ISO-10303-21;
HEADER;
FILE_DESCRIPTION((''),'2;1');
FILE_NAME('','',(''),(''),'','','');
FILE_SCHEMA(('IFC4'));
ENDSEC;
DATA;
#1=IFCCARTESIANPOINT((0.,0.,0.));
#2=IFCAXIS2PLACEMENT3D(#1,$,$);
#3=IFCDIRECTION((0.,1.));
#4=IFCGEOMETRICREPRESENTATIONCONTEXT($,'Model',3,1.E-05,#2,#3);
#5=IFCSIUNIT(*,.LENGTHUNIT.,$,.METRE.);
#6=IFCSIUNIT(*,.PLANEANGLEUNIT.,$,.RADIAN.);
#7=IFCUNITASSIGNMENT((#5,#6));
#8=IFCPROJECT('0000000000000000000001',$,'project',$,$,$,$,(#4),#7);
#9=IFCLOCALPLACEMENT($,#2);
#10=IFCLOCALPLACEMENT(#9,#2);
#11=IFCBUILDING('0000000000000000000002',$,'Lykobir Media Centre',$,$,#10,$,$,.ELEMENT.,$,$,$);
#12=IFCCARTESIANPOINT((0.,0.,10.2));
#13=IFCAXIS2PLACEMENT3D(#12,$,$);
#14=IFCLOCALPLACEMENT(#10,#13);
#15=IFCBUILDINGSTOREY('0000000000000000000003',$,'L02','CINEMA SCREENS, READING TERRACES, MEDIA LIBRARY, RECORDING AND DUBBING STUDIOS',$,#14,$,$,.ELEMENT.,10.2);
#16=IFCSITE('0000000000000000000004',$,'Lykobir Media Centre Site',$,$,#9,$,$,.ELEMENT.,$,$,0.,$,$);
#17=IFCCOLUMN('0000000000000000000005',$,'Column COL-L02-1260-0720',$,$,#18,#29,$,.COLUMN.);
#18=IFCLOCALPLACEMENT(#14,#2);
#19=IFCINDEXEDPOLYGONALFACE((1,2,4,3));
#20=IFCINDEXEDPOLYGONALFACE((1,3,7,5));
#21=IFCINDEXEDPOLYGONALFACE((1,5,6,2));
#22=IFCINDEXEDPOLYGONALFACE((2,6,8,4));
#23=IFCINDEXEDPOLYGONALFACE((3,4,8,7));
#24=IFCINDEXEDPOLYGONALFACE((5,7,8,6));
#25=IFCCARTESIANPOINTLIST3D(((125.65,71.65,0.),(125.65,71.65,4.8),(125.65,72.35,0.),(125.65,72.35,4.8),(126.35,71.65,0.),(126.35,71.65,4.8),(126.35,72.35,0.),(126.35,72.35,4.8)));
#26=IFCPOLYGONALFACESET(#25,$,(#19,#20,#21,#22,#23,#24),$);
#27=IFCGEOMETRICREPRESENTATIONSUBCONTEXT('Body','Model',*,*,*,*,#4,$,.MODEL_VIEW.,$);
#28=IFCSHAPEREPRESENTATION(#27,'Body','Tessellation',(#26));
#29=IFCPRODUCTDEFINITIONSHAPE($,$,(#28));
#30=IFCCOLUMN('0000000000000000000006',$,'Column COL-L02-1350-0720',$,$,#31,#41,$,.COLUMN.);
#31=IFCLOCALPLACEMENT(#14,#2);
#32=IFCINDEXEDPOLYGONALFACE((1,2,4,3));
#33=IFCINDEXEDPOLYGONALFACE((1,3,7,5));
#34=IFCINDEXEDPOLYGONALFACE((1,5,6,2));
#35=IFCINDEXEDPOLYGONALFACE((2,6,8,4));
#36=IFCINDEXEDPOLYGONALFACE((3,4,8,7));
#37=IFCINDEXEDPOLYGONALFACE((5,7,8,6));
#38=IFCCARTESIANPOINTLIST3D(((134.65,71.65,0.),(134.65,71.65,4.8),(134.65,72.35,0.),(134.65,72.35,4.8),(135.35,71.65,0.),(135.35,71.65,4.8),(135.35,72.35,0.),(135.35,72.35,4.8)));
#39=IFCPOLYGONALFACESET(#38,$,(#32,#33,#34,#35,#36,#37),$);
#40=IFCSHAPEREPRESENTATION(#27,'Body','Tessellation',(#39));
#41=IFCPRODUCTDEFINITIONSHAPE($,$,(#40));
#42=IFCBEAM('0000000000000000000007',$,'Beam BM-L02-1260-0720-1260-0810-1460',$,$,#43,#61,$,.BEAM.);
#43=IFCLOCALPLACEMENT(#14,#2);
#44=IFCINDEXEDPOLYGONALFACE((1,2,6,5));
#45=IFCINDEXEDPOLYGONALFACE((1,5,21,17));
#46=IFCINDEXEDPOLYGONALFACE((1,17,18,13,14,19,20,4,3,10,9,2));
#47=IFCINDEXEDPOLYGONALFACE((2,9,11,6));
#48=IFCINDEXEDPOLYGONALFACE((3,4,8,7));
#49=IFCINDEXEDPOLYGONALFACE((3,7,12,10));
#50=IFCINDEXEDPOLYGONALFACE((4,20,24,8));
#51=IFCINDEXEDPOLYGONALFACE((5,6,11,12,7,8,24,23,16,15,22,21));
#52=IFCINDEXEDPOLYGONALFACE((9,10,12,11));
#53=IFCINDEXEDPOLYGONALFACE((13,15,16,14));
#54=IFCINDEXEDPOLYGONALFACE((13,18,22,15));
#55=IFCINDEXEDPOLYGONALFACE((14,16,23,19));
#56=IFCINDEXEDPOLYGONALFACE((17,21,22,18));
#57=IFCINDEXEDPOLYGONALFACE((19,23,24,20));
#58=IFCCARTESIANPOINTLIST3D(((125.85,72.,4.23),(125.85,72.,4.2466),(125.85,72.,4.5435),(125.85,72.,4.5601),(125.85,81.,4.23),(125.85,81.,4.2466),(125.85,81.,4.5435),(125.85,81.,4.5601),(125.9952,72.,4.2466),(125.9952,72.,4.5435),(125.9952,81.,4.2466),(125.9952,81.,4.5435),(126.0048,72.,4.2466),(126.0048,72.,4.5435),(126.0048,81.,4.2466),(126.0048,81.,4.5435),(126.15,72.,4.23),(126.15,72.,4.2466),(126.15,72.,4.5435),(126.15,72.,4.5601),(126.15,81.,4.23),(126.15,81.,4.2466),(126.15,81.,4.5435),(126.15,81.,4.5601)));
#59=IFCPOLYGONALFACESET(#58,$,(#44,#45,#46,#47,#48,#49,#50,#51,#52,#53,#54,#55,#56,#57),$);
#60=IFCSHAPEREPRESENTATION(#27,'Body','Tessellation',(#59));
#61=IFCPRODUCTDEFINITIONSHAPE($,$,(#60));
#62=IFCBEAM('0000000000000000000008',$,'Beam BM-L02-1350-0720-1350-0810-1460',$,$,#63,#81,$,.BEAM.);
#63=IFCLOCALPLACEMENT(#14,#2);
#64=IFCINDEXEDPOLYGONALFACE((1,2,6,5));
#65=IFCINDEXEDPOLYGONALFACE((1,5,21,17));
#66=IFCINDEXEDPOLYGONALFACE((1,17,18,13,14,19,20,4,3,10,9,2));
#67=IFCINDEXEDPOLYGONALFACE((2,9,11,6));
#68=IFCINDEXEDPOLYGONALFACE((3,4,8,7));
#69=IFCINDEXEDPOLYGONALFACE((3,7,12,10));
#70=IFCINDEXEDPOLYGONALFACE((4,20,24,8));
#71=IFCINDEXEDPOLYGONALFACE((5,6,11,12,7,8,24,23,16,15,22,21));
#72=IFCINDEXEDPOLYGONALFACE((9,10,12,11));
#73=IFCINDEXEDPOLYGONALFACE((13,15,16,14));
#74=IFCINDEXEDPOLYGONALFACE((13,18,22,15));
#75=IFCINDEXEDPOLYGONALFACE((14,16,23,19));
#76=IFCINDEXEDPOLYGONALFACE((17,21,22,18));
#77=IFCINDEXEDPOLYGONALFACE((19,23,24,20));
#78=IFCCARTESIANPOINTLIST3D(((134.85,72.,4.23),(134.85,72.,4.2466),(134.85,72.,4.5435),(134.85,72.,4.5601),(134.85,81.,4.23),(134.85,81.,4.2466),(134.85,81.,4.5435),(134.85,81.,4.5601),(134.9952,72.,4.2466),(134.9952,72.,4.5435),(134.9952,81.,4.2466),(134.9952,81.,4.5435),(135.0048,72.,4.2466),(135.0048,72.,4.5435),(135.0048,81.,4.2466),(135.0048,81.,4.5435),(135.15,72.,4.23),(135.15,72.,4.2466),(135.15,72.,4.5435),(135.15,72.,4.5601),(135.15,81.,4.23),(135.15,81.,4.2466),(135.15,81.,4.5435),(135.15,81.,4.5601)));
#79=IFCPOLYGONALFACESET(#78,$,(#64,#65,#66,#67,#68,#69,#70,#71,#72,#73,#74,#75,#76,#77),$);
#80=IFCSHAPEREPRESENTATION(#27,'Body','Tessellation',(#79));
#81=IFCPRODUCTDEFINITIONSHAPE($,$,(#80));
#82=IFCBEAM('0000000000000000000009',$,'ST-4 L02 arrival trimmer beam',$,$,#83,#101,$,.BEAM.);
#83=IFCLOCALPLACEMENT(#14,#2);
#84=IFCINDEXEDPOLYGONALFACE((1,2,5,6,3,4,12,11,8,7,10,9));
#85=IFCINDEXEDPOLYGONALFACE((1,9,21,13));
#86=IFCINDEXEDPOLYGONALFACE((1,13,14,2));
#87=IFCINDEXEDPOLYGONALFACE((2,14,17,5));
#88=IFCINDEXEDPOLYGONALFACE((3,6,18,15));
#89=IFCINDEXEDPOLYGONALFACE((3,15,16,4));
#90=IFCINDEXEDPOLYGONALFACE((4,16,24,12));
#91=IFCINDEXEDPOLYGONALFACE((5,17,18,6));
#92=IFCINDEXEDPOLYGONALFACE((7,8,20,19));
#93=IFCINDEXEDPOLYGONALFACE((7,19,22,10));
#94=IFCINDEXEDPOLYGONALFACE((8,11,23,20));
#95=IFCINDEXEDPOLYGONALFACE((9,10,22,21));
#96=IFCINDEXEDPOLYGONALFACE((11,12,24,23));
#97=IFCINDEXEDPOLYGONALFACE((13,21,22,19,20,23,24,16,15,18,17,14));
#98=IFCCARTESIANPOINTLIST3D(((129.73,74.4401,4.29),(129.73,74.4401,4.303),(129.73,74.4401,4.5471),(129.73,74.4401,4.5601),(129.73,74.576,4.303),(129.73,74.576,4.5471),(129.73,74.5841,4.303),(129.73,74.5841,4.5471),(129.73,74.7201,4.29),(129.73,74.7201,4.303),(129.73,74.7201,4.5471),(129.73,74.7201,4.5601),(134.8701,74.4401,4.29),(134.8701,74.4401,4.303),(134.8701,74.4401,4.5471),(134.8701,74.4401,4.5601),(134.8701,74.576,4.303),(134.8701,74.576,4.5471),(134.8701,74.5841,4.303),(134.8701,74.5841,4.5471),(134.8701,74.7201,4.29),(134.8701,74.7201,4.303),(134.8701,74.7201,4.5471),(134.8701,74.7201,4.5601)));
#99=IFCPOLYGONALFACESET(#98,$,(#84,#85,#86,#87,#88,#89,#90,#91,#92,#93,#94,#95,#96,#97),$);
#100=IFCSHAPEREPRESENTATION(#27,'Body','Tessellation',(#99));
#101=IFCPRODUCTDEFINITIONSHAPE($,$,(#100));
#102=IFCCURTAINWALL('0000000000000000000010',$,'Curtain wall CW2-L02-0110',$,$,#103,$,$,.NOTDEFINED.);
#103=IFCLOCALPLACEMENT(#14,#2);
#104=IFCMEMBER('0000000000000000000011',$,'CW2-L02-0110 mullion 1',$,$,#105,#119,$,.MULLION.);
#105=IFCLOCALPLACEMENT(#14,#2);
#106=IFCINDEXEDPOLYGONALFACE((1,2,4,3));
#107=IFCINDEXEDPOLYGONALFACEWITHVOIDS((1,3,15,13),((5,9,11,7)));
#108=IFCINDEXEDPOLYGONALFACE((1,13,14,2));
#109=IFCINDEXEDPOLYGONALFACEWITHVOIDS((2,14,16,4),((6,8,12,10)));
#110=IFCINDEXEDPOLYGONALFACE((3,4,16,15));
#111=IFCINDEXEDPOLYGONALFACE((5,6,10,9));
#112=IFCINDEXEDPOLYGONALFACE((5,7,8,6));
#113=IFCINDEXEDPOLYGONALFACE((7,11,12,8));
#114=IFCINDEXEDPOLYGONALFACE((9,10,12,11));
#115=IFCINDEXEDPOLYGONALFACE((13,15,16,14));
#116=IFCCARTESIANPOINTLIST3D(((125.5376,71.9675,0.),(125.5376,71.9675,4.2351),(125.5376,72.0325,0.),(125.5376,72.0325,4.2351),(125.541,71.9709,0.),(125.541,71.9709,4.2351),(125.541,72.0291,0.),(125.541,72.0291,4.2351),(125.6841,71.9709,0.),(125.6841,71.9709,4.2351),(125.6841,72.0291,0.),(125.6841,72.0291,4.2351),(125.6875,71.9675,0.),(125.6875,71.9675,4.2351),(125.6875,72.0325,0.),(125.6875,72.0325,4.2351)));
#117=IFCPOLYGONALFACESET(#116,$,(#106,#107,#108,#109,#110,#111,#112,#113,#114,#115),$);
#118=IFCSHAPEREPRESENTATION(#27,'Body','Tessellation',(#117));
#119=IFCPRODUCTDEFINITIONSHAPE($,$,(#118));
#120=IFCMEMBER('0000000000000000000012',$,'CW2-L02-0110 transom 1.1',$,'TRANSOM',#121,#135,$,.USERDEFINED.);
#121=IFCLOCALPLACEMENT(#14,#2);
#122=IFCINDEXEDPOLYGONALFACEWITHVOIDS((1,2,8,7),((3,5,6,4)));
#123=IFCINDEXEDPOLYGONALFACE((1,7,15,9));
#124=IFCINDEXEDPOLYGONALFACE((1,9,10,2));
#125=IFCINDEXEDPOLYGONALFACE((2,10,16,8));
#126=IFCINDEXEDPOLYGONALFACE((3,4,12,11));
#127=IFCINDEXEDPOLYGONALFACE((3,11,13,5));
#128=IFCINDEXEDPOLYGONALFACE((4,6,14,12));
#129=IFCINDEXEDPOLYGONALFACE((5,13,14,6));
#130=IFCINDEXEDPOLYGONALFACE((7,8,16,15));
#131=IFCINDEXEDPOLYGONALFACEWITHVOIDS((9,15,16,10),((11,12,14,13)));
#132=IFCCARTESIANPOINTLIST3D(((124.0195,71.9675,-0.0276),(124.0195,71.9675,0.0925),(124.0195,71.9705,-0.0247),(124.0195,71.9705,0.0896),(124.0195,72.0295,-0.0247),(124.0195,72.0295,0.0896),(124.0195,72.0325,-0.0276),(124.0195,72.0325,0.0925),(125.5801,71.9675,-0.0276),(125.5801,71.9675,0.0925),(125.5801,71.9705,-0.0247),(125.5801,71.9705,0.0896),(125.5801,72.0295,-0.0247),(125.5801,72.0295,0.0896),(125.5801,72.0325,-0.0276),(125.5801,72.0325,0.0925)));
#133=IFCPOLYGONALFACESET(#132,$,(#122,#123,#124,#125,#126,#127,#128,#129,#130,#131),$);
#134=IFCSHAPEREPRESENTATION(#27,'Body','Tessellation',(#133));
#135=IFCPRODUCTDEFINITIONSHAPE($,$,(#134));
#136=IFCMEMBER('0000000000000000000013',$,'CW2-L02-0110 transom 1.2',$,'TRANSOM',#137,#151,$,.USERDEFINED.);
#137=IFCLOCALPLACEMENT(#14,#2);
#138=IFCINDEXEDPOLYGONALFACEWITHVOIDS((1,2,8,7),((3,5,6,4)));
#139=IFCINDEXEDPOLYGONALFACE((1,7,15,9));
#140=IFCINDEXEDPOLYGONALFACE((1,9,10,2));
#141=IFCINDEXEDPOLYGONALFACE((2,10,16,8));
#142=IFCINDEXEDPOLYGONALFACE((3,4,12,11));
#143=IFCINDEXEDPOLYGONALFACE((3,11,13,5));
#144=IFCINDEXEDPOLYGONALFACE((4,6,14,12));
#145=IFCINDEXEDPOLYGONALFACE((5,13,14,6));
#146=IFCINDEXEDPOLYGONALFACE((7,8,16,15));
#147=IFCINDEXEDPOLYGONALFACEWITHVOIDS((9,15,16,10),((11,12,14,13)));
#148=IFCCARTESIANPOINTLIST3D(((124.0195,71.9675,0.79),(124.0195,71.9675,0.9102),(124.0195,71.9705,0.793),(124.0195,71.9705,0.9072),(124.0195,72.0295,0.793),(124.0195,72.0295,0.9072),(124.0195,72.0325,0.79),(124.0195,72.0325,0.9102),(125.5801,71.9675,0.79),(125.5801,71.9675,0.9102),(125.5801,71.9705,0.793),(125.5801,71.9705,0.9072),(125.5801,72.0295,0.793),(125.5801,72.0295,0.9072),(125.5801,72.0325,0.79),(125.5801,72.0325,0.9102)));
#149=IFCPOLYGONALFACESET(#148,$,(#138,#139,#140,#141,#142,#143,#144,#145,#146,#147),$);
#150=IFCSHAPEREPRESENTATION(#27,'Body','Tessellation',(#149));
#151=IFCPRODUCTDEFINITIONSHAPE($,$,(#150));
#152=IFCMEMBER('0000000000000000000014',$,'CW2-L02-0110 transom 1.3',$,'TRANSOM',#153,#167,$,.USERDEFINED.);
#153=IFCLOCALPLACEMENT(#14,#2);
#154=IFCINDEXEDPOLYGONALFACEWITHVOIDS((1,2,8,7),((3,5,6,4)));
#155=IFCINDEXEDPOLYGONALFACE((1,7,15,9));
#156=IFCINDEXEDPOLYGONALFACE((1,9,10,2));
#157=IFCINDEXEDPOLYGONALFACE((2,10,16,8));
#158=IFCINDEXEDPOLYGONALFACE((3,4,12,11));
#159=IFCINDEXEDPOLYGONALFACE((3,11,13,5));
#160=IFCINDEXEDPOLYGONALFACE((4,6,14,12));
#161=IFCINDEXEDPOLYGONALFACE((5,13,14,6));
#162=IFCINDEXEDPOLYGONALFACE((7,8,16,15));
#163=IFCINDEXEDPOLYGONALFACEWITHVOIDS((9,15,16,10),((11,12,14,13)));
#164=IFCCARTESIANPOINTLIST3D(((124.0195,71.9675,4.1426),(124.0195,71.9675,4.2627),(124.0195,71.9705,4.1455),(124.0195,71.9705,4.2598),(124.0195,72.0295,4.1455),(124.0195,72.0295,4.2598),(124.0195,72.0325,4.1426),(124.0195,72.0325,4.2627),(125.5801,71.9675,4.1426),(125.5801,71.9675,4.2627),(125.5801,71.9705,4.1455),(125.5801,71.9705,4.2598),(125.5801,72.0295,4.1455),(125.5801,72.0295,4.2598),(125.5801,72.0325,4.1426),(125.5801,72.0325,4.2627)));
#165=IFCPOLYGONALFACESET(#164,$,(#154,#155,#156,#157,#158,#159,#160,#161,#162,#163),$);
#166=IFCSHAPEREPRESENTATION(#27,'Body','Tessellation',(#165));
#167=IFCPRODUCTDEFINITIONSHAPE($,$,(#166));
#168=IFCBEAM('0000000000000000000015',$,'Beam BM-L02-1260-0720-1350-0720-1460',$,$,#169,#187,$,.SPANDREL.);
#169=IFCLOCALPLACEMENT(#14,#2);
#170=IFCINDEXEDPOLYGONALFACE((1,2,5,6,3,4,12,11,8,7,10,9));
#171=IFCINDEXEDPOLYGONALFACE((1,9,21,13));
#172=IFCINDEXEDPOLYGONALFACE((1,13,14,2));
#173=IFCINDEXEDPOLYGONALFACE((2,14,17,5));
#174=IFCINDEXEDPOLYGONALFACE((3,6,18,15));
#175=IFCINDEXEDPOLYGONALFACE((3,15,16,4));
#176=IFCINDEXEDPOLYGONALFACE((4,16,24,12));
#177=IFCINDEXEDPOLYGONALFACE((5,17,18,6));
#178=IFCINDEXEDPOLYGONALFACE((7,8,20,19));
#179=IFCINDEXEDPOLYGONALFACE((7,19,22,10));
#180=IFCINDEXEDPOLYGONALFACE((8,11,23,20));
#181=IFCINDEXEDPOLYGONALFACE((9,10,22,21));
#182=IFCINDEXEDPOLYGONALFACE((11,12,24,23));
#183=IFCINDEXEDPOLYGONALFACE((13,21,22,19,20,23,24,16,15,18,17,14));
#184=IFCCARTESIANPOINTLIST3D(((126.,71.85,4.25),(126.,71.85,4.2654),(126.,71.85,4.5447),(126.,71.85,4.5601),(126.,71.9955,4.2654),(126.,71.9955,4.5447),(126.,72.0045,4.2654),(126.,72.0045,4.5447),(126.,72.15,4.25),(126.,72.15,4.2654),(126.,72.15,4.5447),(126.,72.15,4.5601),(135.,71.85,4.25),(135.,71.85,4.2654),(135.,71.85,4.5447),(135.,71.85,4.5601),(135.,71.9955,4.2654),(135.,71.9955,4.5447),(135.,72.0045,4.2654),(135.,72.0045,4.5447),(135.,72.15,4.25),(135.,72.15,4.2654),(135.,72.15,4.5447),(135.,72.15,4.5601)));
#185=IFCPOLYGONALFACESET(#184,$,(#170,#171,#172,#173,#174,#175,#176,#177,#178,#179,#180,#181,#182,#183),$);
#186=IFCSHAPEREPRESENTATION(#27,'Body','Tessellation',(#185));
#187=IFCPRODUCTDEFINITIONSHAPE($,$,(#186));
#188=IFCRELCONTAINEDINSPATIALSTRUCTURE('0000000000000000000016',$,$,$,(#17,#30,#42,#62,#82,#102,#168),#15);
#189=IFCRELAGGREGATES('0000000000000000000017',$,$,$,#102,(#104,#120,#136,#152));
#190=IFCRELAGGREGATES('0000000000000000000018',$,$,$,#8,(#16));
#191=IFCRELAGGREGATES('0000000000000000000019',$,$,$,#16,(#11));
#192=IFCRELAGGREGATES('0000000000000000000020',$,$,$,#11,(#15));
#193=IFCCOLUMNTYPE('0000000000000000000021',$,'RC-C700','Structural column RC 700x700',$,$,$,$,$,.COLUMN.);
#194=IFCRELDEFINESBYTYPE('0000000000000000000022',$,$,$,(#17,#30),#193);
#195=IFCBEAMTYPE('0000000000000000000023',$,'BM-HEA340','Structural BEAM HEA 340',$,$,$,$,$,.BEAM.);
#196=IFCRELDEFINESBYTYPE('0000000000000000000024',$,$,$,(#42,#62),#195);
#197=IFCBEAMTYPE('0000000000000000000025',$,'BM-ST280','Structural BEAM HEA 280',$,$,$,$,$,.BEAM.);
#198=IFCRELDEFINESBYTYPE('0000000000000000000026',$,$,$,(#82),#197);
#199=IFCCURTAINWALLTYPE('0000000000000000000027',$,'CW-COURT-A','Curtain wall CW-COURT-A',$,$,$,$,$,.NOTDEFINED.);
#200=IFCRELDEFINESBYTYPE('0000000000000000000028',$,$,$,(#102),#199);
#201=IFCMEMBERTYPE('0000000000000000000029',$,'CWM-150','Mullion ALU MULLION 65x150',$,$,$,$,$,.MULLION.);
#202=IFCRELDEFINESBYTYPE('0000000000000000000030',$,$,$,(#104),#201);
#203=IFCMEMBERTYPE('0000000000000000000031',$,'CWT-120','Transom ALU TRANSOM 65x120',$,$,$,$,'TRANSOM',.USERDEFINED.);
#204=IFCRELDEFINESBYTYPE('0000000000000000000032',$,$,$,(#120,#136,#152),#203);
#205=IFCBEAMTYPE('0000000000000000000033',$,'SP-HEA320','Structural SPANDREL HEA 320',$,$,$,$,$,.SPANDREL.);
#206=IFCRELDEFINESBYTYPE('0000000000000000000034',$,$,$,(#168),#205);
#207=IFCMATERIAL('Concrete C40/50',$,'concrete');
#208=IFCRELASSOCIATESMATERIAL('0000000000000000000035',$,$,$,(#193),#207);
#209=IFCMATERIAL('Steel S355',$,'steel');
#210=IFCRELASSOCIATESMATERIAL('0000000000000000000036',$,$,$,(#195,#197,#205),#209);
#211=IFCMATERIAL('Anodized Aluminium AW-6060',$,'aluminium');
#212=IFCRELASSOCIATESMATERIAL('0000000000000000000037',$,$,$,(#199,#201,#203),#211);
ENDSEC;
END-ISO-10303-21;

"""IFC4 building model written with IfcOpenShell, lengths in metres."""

from ifc_helpers import new_model, si_unit, direction, frame, origin, origin_2d, place, context, subcontext, project, spatial, rectangle, hollow_rectangle, i_section, extrude, material, material_profile, profile_set, type_object, element, aggregate, save


model = new_model("IFC4")

# Units and contexts
model_context = context("Model", 3, precision=1e-05, world=origin(), true_north=direction((0.0, 1.0)))
body_context = subcontext(model_context, "Body", "Model", "MODEL_VIEW")
ifc_project = project(units=[si_unit("LENGTHUNIT", "METRE"), si_unit("PLANEANGLEUNIT", "RADIAN")], contexts=[model_context])

# Site, building, storey
site_placement = place(None, origin())
site = spatial("IfcSite", under=ifc_project, at=site_placement, Name="Lykobir Media Centre Site", CompositionType="ELEMENT", RefElevation=0.0)
building_placement = place(site_placement, origin())
building = spatial("IfcBuilding", under=site, at=building_placement, Name="Lykobir Media Centre", CompositionType="ELEMENT")
storey_placement = place(building_placement, frame((0.0, 0.0, 10.2)))
storey = spatial("IfcBuildingStorey", under=building, at=storey_placement, Name="L02", Description="CINEMA SCREENS, READING TERRACES, MEDIA LIBRARY, RECORDING AND DUBBING STUDIOS", CompositionType="ELEMENT", Elevation=10.2)

# Columns
ifc_material_1 = material(Name="Concrete C40/50", Category="concrete")
ifc_material_profile_1 = material_profile(ifc_material_1, rectangle(XDim=0.7, YDim=0.7, at=origin_2d()), Name="RC 700x700")
ifc_profile_set_1 = profile_set([ifc_material_profile_1], Name="Concrete C40/50")
column_type = type_object("IfcColumnType", Name="RC-C700", Description="Structural column RC 700x700", PredefinedType="COLUMN", material=ifc_profile_set_1)
for number, where, z_axis, x_axis, name in (
    (1, (126.0, 72.0, 0.0), (0.0, 0.0, 1.0), (1.0, 0.0, 0.0), "Column COL-L02-1260-0720"),
    (2, (135.0, 72.0, 0.0), (0.0, 0.0, 1.0), (1.0, 0.0, 0.0), "Column COL-L02-1350-0720"),
):
    element("IfcColumn", number, at=place(storey_placement, frame(where, z_axis=z_axis, x_axis=x_axis)), inside=storey, type_object=column_type, Name=name, PredefinedType="COLUMN", context=body_context, shape_type="SweptSolid", body=[
        extrude(rectangle(XDim=0.7, YDim=0.7, at=origin_2d()), origin(), (0.0, 0.0, 1.0), 4.8),
    ])

# Beams
ifc_material_2 = material(Name="Steel S355", Category="steel")
ifc_material_profile_2 = material_profile(ifc_material_2, i_section(OverallWidth=0.3, OverallDepth=0.3301, WebThickness=0.0095, FlangeThickness=0.0166, at=origin_2d()), Name="HEA 340")
ifc_profile_set_2 = profile_set([ifc_material_profile_2], Name="Steel S355")
beam_type_1 = type_object("IfcBeamType", Name="BM-HEA340", Description="Structural BEAM HEA 340", PredefinedType="BEAM", material=ifc_profile_set_2)
for number, where, z_axis, x_axis, name in (
    (3, (126.0, 72.0, 4.395), (0.0, 1.0, 0.0), (-1.0, 0.0, 0.0), "Beam BM-L02-1260-0720-1260-0810-1460"),
    (4, (135.0, 72.0, 4.395), (0.0, 1.0, 0.0), (-1.0, 0.0, 0.0), "Beam BM-L02-1350-0720-1350-0810-1460"),
):
    element("IfcBeam", number, at=place(storey_placement, frame(where, z_axis=z_axis, x_axis=x_axis)), inside=storey, type_object=beam_type_1, Name=name, PredefinedType="BEAM", context=body_context, shape_type="SweptSolid", body=[
        extrude(i_section(OverallWidth=0.3, OverallDepth=0.3301, WebThickness=0.0095, FlangeThickness=0.0166, at=origin_2d()), origin(), (0.0, 0.0, 1.0), 9.0),
    ])
ifc_material_profile_3 = material_profile(ifc_material_2, i_section(OverallWidth=0.28, OverallDepth=0.27, WebThickness=0.0081, FlangeThickness=0.0129, at=origin_2d()), Name="HEA 280")
ifc_profile_set_3 = profile_set([ifc_material_profile_3], Name="Steel S355")
beam_type_2 = type_object("IfcBeamType", Name="BM-ST280", Description="Structural BEAM HEA 280", PredefinedType="BEAM", material=ifc_profile_set_3)
beam_1_placement = place(storey_placement, frame((129.73, 74.5801, 4.425), z_axis=(1.0, 0.0, 0.0), x_axis=(0.0, 1.0, 0.0)))
element("IfcBeam", 5, at=beam_1_placement, inside=storey, type_object=beam_type_2, Name="ST-4 L02 arrival trimmer beam", PredefinedType="BEAM", context=body_context, shape_type="SweptSolid", body=[
    extrude(i_section(OverallWidth=0.28, OverallDepth=0.27, WebThickness=0.0081, FlangeThickness=0.0129, at=origin_2d()), origin(), (0.0, 0.0, 1.0), 5.1401),
])

# Curtain wall, members
ifc_material_3 = material(Name="Anodized Aluminium AW-6060", Category="aluminium")
curtain_wall_type = type_object("IfcCurtainWallType", Name="CW-COURT-A", Description="Curtain wall CW-COURT-A", PredefinedType="NOTDEFINED", material=ifc_material_3)
curtain_wall_placement = place(storey_placement, origin())
curtain_wall = element("IfcCurtainWall", 6, at=curtain_wall_placement, inside=storey, type_object=curtain_wall_type, Name="Curtain wall CW2-L02-0110", PredefinedType="NOTDEFINED")
ifc_material_profile_4 = material_profile(ifc_material_3, hollow_rectangle(XDim=0.0649, YDim=0.1499, WallThickness=0.0034, at=origin_2d()), Name="ALU MULLION 65x150")
ifc_profile_set_4 = profile_set([ifc_material_profile_4], Name="Anodized Aluminium AW-6060")
member_type_1 = type_object("IfcMemberType", Name="CWM-150", Description="Mullion ALU MULLION 65x150", PredefinedType="MULLION", material=ifc_profile_set_4)
member_1_placement = place(storey_placement, frame((125.6125, 72.0, 0.0), z_axis=(0.0, 0.0, 1.0), x_axis=(0.0, -1.0, 0.0)))
member_1 = element("IfcMember", 7, at=member_1_placement, type_object=member_type_1, Name="CW2-L02-0110 mullion 1", PredefinedType="MULLION", context=body_context, shape_type="SweptSolid", body=[
    extrude(hollow_rectangle(XDim=0.0649, YDim=0.1499, WallThickness=0.0034, at=origin_2d()), origin(), (0.0, 0.0, 1.0), 4.2351),
])
ifc_material_profile_5 = material_profile(ifc_material_3, hollow_rectangle(XDim=0.0649, YDim=0.1201, WallThickness=0.0029, at=origin_2d()), Name="ALU TRANSOM 65x120")
ifc_profile_set_5 = profile_set([ifc_material_profile_5], Name="Anodized Aluminium AW-6060")
member_type_2 = type_object("IfcMemberType", Name="CWT-120", Description="Transom ALU TRANSOM 65x120", ElementType="TRANSOM", PredefinedType="USERDEFINED", material=ifc_profile_set_5)
member_2_placement = place(storey_placement, frame((125.5801, 72.0, 0.0325), z_axis=(-1.0, 0.0, 0.0), x_axis=(0.0, -1.0, 0.0)))
member_2 = element("IfcMember", 8, at=member_2_placement, type_object=member_type_2, Name="CW2-L02-0110 transom 1.1", ObjectType="TRANSOM", PredefinedType="USERDEFINED", context=body_context, shape_type="SweptSolid", body=[
    extrude(hollow_rectangle(XDim=0.0649, YDim=0.1201, WallThickness=0.0029, at=origin_2d()), origin(), (0.0, 0.0, 1.0), 1.5605),
])
member_3_placement = place(storey_placement, frame((125.5801, 72.0, 0.8501), z_axis=(-1.0, 0.0, 0.0), x_axis=(0.0, -1.0, 0.0)))
member_3 = element("IfcMember", 9, at=member_3_placement, type_object=member_type_2, Name="CW2-L02-0110 transom 1.2", ObjectType="TRANSOM", PredefinedType="USERDEFINED", context=body_context, shape_type="SweptSolid", body=[
    extrude(hollow_rectangle(XDim=0.0649, YDim=0.1201, WallThickness=0.0029, at=origin_2d()), origin(), (0.0, 0.0, 1.0), 1.5605),
])
member_4_placement = place(storey_placement, frame((125.5801, 72.0, 4.2026), z_axis=(-1.0, 0.0, 0.0), x_axis=(0.0, -1.0, 0.0)))
member_4 = element("IfcMember", 10, at=member_4_placement, type_object=member_type_2, Name="CW2-L02-0110 transom 1.3", ObjectType="TRANSOM", PredefinedType="USERDEFINED", context=body_context, shape_type="SweptSolid", body=[
    extrude(hollow_rectangle(XDim=0.0649, YDim=0.1201, WallThickness=0.0029, at=origin_2d()), origin(), (0.0, 0.0, 1.0), 1.5605),
])

# Beam
ifc_material_profile_6 = material_profile(ifc_material_2, i_section(OverallWidth=0.3, OverallDepth=0.3101, WebThickness=0.009, FlangeThickness=0.0154, at=origin_2d()), Name="HEA 320")
ifc_profile_set_6 = profile_set([ifc_material_profile_6], Name="Steel S355")
beam_type_3 = type_object("IfcBeamType", Name="SP-HEA320", Description="Structural SPANDREL HEA 320", PredefinedType="SPANDREL", material=ifc_profile_set_6)
beam_2_placement = place(storey_placement, frame((126.0, 72.0, 4.405), z_axis=(1.0, 0.0, 0.0), x_axis=(0.0, 1.0, 0.0)))
element("IfcBeam", 11, at=beam_2_placement, inside=storey, type_object=beam_type_3, Name="Beam BM-L02-1260-0720-1350-0720-1460", PredefinedType="SPANDREL", context=body_context, shape_type="SweptSolid", body=[
    extrude(i_section(OverallWidth=0.3, OverallDepth=0.3101, WebThickness=0.009, FlangeThickness=0.0154, at=origin_2d()), origin(), (0.0, 0.0, 1.0), 9.0),
])

aggregate(curtain_wall, [member_1, member_2, member_3, member_4])

save(model, "model.ifc")
